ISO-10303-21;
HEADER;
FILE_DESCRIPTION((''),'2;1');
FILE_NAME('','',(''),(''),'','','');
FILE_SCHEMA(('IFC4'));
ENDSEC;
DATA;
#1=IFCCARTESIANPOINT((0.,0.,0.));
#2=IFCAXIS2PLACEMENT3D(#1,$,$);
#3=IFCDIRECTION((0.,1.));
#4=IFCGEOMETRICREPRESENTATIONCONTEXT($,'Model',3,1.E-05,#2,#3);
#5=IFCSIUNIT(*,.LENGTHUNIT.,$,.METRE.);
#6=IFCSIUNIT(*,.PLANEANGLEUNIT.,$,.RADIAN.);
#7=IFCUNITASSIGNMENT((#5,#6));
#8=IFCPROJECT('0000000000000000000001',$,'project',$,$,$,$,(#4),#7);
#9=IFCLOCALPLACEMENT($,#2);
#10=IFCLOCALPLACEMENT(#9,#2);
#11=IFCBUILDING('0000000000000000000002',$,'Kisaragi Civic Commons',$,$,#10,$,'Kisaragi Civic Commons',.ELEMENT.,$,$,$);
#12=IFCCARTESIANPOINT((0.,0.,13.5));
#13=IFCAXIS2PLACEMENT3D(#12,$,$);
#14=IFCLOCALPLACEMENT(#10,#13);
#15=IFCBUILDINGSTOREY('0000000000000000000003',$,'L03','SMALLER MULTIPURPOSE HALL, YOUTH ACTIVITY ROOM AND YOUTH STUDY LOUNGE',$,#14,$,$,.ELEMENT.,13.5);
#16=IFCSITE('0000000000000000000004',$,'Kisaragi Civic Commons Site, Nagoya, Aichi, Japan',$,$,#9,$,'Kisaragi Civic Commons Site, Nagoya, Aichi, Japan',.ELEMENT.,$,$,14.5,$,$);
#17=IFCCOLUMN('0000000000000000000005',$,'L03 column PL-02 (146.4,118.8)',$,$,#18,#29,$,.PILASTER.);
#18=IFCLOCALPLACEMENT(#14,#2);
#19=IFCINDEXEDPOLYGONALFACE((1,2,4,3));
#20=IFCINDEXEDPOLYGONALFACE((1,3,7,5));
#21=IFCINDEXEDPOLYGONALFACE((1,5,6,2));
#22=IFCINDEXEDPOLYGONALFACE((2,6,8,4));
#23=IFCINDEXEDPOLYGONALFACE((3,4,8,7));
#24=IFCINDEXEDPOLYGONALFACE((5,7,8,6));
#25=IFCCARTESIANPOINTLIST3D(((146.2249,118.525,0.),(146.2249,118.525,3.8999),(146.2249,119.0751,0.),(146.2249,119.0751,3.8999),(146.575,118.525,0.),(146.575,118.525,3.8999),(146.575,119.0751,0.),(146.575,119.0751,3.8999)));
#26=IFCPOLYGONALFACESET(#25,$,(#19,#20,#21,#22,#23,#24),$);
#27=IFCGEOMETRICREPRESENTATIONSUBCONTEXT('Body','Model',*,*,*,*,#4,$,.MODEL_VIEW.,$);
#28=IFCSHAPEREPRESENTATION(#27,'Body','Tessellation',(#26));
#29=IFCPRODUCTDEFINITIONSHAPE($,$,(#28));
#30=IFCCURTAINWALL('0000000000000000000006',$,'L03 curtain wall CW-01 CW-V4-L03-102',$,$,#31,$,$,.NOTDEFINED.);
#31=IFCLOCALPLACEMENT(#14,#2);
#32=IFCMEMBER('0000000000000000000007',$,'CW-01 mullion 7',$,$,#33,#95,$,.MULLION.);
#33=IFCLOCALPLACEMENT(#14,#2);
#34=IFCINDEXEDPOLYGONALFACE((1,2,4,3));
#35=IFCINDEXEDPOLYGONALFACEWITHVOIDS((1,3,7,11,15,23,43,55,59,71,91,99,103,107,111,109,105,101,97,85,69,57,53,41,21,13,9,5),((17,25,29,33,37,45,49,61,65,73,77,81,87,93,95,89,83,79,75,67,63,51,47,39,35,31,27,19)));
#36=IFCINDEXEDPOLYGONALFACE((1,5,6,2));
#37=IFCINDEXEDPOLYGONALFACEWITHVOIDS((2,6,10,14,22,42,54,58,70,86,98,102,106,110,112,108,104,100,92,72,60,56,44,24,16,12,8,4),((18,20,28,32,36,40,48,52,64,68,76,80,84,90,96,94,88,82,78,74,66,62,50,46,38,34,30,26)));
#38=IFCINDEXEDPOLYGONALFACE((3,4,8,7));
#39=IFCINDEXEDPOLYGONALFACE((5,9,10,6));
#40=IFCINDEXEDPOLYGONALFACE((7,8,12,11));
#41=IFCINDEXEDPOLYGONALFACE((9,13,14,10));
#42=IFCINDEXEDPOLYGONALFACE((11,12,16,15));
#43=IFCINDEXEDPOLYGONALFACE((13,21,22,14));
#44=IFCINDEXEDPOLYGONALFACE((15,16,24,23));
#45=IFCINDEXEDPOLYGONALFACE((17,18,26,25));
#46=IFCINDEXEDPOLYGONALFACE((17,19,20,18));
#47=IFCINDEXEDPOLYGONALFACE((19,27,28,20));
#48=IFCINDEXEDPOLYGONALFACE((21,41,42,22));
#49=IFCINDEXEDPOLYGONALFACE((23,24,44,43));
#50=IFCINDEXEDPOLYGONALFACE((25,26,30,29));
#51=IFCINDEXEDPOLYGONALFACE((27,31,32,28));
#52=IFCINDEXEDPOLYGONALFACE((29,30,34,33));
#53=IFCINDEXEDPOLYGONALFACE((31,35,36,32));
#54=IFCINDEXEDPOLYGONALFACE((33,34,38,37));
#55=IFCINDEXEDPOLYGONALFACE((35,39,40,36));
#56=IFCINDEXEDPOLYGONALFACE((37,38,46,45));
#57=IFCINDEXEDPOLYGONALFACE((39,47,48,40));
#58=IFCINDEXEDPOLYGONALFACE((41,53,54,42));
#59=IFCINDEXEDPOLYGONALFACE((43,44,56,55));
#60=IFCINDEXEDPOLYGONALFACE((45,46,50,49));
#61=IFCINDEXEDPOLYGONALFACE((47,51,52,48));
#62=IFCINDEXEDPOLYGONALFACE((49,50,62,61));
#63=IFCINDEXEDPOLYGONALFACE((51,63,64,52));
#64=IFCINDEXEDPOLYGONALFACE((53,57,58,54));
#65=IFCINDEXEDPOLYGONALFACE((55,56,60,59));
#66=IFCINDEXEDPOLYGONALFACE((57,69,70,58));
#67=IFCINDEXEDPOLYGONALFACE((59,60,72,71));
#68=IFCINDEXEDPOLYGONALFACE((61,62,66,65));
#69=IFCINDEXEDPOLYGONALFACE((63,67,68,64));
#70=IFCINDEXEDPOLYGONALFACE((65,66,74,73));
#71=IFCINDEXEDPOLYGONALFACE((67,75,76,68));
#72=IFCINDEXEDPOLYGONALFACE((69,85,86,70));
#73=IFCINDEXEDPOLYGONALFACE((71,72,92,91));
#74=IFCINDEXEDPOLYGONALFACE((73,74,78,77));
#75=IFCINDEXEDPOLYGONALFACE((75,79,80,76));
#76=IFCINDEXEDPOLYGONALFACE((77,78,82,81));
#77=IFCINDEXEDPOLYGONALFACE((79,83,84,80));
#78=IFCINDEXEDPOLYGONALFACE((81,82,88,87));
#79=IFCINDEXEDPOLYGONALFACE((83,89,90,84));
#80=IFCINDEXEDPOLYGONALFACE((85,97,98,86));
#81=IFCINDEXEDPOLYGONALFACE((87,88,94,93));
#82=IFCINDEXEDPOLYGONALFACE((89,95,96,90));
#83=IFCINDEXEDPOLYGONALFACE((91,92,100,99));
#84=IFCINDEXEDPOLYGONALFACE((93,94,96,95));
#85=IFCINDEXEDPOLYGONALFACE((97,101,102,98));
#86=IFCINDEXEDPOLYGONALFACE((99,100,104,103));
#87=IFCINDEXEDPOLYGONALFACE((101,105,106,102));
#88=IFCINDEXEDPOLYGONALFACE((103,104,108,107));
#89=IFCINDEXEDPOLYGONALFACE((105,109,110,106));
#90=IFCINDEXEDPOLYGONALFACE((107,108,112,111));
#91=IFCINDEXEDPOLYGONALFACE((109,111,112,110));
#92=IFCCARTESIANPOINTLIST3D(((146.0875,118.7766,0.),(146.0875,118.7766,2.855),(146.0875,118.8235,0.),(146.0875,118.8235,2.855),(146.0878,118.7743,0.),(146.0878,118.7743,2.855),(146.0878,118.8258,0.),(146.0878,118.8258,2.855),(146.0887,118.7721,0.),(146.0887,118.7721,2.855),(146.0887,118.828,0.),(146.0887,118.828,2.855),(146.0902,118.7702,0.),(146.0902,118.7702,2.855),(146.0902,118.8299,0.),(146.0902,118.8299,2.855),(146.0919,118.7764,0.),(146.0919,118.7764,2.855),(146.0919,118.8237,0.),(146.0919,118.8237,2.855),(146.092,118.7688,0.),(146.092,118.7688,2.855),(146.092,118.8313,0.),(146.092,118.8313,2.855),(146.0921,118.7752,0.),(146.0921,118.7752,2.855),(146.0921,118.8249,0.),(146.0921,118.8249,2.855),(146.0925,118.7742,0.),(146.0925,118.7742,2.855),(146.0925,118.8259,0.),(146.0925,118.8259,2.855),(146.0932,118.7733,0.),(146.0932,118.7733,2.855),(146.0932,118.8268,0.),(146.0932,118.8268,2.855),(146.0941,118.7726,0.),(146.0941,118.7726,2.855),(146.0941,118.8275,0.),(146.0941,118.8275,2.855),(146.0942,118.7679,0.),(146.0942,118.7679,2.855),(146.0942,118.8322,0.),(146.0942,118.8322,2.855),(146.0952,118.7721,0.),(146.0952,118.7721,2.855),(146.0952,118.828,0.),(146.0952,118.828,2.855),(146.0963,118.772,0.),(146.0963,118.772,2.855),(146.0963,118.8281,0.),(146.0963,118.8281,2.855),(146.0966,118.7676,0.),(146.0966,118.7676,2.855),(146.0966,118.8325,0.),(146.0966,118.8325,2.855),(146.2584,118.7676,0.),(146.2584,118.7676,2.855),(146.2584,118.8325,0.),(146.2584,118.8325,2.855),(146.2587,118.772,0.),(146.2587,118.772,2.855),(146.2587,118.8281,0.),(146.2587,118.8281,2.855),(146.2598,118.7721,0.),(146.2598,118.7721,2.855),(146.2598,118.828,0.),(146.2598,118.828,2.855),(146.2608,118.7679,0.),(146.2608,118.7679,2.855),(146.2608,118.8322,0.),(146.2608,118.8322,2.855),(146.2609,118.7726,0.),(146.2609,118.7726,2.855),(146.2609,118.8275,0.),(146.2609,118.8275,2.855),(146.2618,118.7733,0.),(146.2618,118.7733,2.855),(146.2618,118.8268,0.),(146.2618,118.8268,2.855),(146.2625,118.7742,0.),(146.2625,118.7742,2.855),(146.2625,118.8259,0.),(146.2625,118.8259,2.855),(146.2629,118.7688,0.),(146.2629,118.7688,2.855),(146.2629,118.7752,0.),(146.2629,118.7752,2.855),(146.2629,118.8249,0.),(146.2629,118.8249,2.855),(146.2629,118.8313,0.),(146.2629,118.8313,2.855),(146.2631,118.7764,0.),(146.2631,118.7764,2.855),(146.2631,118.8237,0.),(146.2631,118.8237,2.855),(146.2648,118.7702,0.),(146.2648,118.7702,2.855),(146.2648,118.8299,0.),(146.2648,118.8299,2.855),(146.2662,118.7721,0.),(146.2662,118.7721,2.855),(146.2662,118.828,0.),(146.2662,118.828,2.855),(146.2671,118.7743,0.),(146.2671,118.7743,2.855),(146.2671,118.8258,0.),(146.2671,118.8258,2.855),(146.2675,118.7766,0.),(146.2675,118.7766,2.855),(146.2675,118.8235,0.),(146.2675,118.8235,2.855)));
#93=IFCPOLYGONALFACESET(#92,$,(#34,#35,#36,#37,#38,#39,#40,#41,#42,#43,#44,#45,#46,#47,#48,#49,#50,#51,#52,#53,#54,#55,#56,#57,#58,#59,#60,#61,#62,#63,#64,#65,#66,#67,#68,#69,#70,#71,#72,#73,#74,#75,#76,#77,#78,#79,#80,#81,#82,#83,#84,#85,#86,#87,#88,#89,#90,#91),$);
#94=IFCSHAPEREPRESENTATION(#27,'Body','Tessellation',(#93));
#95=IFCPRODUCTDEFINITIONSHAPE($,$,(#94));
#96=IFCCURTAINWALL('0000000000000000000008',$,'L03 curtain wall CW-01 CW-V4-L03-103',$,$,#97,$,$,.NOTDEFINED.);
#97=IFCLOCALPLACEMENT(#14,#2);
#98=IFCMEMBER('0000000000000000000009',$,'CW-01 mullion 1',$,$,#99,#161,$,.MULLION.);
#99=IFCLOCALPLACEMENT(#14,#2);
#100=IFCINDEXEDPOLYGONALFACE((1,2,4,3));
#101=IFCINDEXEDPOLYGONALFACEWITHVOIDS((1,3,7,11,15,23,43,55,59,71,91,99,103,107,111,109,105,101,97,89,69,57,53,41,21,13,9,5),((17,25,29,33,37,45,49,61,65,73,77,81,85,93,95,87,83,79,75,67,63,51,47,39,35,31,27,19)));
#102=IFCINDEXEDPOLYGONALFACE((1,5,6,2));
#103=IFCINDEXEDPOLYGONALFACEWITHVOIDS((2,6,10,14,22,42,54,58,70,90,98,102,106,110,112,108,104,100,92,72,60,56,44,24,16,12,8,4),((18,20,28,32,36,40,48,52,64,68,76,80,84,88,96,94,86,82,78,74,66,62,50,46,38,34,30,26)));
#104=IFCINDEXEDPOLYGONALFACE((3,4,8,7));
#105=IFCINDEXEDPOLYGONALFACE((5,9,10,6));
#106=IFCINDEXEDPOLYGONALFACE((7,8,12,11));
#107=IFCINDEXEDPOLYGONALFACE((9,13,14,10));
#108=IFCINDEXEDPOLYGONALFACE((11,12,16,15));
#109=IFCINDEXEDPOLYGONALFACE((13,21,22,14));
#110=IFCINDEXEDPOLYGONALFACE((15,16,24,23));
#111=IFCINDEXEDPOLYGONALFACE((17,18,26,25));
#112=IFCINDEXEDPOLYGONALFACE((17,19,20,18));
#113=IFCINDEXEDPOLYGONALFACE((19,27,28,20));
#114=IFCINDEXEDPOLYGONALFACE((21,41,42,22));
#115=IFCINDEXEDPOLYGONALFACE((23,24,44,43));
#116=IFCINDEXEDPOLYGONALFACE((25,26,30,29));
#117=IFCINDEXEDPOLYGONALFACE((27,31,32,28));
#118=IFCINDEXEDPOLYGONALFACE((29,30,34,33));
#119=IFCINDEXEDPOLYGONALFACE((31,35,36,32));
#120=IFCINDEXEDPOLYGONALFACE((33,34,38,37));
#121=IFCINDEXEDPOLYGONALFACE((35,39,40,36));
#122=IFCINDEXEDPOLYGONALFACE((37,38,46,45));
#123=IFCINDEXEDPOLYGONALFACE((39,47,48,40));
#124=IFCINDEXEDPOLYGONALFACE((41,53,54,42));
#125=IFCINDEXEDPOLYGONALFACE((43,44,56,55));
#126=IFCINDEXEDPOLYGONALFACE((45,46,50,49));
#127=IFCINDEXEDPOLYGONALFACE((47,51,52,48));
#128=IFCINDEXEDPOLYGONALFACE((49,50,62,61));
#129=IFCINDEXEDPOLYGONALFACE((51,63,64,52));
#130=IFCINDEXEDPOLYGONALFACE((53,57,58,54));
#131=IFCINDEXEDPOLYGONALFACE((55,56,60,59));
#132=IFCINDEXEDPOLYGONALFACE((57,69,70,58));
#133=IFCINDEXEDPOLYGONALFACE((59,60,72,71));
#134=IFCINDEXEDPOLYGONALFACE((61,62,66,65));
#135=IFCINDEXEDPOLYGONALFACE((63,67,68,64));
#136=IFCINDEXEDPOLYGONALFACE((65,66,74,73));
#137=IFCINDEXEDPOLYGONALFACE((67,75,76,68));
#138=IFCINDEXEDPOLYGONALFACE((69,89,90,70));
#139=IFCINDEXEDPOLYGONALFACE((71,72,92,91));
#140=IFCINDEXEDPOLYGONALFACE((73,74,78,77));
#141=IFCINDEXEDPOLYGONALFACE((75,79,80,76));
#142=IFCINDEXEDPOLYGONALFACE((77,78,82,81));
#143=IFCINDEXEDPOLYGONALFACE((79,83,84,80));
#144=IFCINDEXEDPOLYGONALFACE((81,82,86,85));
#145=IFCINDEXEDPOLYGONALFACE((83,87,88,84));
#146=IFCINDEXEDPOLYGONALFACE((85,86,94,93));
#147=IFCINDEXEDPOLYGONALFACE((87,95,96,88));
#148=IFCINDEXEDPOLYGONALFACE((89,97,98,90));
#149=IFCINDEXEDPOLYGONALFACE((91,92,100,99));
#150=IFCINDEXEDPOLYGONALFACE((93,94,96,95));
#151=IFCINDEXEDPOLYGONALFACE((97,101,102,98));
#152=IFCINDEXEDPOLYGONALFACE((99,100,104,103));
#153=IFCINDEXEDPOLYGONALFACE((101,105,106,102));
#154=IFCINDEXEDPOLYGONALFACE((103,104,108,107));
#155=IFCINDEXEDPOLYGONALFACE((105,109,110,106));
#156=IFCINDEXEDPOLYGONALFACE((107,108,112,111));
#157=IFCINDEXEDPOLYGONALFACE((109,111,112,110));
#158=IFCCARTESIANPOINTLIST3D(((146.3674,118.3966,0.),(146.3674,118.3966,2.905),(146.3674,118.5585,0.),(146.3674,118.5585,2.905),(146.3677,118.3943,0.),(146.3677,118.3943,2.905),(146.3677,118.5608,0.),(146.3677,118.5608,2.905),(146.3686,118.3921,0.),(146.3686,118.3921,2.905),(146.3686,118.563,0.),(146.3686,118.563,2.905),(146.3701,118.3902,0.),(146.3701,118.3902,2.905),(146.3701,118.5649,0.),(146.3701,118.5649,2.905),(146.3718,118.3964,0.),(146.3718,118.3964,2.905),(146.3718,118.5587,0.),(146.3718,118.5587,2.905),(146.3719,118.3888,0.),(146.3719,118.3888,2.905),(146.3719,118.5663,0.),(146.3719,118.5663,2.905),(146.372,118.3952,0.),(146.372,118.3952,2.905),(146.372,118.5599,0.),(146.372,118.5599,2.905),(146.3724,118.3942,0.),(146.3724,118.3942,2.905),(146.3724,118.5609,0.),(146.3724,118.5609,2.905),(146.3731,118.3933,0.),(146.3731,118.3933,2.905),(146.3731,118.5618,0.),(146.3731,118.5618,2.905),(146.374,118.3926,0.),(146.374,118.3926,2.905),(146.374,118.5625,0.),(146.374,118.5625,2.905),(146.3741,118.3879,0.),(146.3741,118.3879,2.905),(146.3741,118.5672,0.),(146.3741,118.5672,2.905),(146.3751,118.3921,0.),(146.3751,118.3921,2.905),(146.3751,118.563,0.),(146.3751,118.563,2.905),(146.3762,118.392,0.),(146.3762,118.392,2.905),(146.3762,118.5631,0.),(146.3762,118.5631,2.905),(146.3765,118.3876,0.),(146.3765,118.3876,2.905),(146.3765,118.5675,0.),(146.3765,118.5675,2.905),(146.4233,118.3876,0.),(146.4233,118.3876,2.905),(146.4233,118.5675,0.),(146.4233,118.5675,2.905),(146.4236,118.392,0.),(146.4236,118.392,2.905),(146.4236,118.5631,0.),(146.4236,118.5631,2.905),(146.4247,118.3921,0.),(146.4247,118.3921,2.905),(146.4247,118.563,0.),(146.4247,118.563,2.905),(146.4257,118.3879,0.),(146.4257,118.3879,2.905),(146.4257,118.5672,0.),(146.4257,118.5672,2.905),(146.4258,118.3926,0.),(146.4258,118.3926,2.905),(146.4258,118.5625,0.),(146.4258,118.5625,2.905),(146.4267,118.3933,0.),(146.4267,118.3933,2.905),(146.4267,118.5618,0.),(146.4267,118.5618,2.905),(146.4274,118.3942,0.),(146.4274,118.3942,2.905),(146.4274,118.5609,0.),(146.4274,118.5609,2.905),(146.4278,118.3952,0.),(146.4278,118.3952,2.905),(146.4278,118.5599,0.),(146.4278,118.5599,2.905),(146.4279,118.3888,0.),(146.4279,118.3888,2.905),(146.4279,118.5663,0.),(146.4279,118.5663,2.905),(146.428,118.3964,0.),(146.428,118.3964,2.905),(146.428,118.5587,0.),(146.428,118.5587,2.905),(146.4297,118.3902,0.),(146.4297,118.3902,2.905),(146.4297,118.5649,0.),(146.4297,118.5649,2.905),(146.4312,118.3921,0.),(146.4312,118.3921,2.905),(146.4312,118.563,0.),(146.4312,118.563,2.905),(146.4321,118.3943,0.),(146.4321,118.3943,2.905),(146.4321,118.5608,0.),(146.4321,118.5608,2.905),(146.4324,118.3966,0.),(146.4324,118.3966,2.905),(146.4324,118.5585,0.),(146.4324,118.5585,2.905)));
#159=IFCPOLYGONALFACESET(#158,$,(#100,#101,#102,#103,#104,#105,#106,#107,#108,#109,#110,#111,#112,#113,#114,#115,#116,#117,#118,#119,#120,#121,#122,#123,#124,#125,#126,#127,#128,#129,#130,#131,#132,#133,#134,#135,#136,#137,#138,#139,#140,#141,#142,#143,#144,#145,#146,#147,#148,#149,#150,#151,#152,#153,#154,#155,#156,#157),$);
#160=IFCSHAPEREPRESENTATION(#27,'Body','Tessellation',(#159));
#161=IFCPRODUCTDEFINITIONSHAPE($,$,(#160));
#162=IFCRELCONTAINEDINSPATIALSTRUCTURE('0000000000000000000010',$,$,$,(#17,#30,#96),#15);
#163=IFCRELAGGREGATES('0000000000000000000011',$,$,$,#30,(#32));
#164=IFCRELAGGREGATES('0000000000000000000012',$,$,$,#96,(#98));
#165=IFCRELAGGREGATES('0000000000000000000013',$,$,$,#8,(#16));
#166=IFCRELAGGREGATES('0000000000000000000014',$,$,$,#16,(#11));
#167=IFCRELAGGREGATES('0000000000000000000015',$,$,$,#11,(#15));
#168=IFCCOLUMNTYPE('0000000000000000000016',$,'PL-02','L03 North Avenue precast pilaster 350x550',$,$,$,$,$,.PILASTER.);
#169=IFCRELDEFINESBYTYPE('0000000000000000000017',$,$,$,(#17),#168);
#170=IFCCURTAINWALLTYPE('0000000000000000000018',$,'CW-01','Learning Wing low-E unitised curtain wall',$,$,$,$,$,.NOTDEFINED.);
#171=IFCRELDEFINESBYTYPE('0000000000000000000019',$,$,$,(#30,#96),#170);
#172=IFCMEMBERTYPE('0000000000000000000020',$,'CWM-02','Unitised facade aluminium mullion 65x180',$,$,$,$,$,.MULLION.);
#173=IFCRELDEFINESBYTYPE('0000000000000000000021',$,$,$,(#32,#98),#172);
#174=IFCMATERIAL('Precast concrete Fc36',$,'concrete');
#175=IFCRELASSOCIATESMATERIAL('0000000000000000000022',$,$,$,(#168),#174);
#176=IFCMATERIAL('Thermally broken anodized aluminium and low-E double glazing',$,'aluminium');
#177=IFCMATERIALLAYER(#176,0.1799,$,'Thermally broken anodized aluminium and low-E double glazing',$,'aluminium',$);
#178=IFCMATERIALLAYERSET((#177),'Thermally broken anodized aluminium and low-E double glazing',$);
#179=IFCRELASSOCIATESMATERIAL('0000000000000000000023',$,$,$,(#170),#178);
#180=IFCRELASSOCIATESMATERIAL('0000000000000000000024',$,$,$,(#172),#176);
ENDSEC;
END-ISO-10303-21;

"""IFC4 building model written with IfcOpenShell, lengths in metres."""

from ifc_helpers import new_model, si_unit, direction, frame, origin, origin_2d, place, context, subcontext, project, spatial, rectangle, hollow_rectangle, extrude, material, layer, layer_set, material_profile, profile_set, type_object, element, aggregate, save


model = new_model("IFC4")

# Units and contexts
model_context = context("Model", 3, precision=1e-05, world=origin(), true_north=direction((0.0, 1.0)))
body_context = subcontext(model_context, "Body", "Model", "MODEL_VIEW")
ifc_project = project(units=[si_unit("LENGTHUNIT", "METRE"), si_unit("PLANEANGLEUNIT", "RADIAN")], contexts=[model_context])

# Site, building, storey
site_placement = place(None, origin())
site = spatial("IfcSite", under=ifc_project, at=site_placement, Name="Kisaragi Civic Commons Site, Nagoya, Aichi, Japan", LongName="Kisaragi Civic Commons Site, Nagoya, Aichi, Japan", CompositionType="ELEMENT", RefElevation=14.5)
building_placement = place(site_placement, origin())
building = spatial("IfcBuilding", under=site, at=building_placement, Name="Kisaragi Civic Commons", LongName="Kisaragi Civic Commons", CompositionType="ELEMENT")
storey_placement = place(building_placement, frame((0.0, 0.0, 13.5)))
storey = spatial("IfcBuildingStorey", under=building, at=storey_placement, Name="L03", Description="SMALLER MULTIPURPOSE HALL, YOUTH ACTIVITY ROOM AND YOUTH STUDY LOUNGE", CompositionType="ELEMENT", Elevation=13.5)

# Column
ifc_material_1 = material(Name="Precast concrete Fc36", Category="concrete")
ifc_material_profile_1 = material_profile(ifc_material_1, rectangle(XDim=0.3501, YDim=0.55, at=origin_2d()), Name="RC-350x550", Category="concrete")
ifc_profile_set_1 = profile_set([ifc_material_profile_1], Name="Precast concrete Fc36")
column_type = type_object("IfcColumnType", Name="PL-02", Description="L03 North Avenue precast pilaster 350x550", PredefinedType="PILASTER", material=ifc_profile_set_1)
column_placement = place(storey_placement, frame((146.3999, 118.8, 0.0), z_axis=(0.0, 0.0, 1.0), x_axis=(1.0, 0.0, 0.0)))
element("IfcColumn", 1, at=column_placement, inside=storey, type_object=column_type, Name="L03 column PL-02 (146.4,118.8)", PredefinedType="PILASTER", context=body_context, shape_type="SweptSolid", body=[
    extrude(rectangle(XDim=0.3501, YDim=0.55, at=origin_2d()), origin(), (0.0, 0.0, 1.0), 3.8999),
])

# Curtain wall, member
ifc_material_2 = material(Name="Thermally broken anodized aluminium and low-E double glazing", Category="aluminium")
ifc_layer_1 = layer(ifc_material_2, 0.1799, Name="Thermally broken anodized aluminium and low-E double glazing", Category="aluminium")
ifc_layer_set_1 = layer_set([ifc_layer_1], Name="Thermally broken anodized aluminium and low-E double glazing")
curtain_wall_type = type_object("IfcCurtainWallType", Name="CW-01", Description="Learning Wing low-E unitised curtain wall", PredefinedType="NOTDEFINED", material=ifc_layer_set_1)
curtain_wall_1_placement = place(storey_placement, origin())
curtain_wall_1 = element("IfcCurtainWall", 2, at=curtain_wall_1_placement, inside=storey, type_object=curtain_wall_type, Name="L03 curtain wall CW-01 CW-V4-L03-102", PredefinedType="NOTDEFINED")
ifc_material_profile_2 = material_profile(ifc_material_2, hollow_rectangle(XDim=0.0649, YDim=0.1799, WallThickness=0.0044, InnerFilletRadius=0.0044, OuterFilletRadius=0.009, at=origin_2d()), Name="CWM-65x180x4.5", Category="aluminium")
ifc_profile_set_2 = profile_set([ifc_material_profile_2], Name="Thermally broken anodized aluminium and low-E double glazing")
member_type_1 = type_object("IfcMemberType", Name="CWM-02", Description="Unitised facade aluminium mullion 65x180", PredefinedType="MULLION", material=ifc_profile_set_2)
member_1_placement = place(storey_placement, frame((146.1775, 118.8, 0.0), z_axis=(0.0, 0.0, 1.0), x_axis=(0.0, 1.0, 0.0)))
member_1 = element("IfcMember", 3, at=member_1_placement, type_object=member_type_1, Name="CW-01 mullion 7", PredefinedType="MULLION", context=body_context, shape_type="SweptSolid", body=[
    extrude(hollow_rectangle(XDim=0.0649, YDim=0.1799, WallThickness=0.0044, InnerFilletRadius=0.0044, OuterFilletRadius=0.009, at=origin_2d()), origin(), (0.0, 0.0, 1.0), 2.855),
])

# Curtain wall, member
curtain_wall_2_placement = place(storey_placement, origin())
curtain_wall_2 = element("IfcCurtainWall", 4, at=curtain_wall_2_placement, inside=storey, type_object=curtain_wall_type, Name="L03 curtain wall CW-01 CW-V4-L03-103", PredefinedType="NOTDEFINED")
member_2_placement = place(storey_placement, frame((146.3999, 118.4775, 0.0), z_axis=(0.0, 0.0, 1.0), x_axis=(1.0, 0.0, 0.0)))
member_2 = element("IfcMember", 5, at=member_2_placement, type_object=member_type_1, Name="CW-01 mullion 1", PredefinedType="MULLION", context=body_context, shape_type="SweptSolid", body=[
    extrude(hollow_rectangle(XDim=0.0649, YDim=0.1799, WallThickness=0.0044, InnerFilletRadius=0.0044, OuterFilletRadius=0.009, at=origin_2d()), origin(), (0.0, 0.0, 1.0), 2.905),
])

aggregate(curtain_wall_1, [member_1])
aggregate(curtain_wall_2, [member_2])

save(model, "model.ifc")
